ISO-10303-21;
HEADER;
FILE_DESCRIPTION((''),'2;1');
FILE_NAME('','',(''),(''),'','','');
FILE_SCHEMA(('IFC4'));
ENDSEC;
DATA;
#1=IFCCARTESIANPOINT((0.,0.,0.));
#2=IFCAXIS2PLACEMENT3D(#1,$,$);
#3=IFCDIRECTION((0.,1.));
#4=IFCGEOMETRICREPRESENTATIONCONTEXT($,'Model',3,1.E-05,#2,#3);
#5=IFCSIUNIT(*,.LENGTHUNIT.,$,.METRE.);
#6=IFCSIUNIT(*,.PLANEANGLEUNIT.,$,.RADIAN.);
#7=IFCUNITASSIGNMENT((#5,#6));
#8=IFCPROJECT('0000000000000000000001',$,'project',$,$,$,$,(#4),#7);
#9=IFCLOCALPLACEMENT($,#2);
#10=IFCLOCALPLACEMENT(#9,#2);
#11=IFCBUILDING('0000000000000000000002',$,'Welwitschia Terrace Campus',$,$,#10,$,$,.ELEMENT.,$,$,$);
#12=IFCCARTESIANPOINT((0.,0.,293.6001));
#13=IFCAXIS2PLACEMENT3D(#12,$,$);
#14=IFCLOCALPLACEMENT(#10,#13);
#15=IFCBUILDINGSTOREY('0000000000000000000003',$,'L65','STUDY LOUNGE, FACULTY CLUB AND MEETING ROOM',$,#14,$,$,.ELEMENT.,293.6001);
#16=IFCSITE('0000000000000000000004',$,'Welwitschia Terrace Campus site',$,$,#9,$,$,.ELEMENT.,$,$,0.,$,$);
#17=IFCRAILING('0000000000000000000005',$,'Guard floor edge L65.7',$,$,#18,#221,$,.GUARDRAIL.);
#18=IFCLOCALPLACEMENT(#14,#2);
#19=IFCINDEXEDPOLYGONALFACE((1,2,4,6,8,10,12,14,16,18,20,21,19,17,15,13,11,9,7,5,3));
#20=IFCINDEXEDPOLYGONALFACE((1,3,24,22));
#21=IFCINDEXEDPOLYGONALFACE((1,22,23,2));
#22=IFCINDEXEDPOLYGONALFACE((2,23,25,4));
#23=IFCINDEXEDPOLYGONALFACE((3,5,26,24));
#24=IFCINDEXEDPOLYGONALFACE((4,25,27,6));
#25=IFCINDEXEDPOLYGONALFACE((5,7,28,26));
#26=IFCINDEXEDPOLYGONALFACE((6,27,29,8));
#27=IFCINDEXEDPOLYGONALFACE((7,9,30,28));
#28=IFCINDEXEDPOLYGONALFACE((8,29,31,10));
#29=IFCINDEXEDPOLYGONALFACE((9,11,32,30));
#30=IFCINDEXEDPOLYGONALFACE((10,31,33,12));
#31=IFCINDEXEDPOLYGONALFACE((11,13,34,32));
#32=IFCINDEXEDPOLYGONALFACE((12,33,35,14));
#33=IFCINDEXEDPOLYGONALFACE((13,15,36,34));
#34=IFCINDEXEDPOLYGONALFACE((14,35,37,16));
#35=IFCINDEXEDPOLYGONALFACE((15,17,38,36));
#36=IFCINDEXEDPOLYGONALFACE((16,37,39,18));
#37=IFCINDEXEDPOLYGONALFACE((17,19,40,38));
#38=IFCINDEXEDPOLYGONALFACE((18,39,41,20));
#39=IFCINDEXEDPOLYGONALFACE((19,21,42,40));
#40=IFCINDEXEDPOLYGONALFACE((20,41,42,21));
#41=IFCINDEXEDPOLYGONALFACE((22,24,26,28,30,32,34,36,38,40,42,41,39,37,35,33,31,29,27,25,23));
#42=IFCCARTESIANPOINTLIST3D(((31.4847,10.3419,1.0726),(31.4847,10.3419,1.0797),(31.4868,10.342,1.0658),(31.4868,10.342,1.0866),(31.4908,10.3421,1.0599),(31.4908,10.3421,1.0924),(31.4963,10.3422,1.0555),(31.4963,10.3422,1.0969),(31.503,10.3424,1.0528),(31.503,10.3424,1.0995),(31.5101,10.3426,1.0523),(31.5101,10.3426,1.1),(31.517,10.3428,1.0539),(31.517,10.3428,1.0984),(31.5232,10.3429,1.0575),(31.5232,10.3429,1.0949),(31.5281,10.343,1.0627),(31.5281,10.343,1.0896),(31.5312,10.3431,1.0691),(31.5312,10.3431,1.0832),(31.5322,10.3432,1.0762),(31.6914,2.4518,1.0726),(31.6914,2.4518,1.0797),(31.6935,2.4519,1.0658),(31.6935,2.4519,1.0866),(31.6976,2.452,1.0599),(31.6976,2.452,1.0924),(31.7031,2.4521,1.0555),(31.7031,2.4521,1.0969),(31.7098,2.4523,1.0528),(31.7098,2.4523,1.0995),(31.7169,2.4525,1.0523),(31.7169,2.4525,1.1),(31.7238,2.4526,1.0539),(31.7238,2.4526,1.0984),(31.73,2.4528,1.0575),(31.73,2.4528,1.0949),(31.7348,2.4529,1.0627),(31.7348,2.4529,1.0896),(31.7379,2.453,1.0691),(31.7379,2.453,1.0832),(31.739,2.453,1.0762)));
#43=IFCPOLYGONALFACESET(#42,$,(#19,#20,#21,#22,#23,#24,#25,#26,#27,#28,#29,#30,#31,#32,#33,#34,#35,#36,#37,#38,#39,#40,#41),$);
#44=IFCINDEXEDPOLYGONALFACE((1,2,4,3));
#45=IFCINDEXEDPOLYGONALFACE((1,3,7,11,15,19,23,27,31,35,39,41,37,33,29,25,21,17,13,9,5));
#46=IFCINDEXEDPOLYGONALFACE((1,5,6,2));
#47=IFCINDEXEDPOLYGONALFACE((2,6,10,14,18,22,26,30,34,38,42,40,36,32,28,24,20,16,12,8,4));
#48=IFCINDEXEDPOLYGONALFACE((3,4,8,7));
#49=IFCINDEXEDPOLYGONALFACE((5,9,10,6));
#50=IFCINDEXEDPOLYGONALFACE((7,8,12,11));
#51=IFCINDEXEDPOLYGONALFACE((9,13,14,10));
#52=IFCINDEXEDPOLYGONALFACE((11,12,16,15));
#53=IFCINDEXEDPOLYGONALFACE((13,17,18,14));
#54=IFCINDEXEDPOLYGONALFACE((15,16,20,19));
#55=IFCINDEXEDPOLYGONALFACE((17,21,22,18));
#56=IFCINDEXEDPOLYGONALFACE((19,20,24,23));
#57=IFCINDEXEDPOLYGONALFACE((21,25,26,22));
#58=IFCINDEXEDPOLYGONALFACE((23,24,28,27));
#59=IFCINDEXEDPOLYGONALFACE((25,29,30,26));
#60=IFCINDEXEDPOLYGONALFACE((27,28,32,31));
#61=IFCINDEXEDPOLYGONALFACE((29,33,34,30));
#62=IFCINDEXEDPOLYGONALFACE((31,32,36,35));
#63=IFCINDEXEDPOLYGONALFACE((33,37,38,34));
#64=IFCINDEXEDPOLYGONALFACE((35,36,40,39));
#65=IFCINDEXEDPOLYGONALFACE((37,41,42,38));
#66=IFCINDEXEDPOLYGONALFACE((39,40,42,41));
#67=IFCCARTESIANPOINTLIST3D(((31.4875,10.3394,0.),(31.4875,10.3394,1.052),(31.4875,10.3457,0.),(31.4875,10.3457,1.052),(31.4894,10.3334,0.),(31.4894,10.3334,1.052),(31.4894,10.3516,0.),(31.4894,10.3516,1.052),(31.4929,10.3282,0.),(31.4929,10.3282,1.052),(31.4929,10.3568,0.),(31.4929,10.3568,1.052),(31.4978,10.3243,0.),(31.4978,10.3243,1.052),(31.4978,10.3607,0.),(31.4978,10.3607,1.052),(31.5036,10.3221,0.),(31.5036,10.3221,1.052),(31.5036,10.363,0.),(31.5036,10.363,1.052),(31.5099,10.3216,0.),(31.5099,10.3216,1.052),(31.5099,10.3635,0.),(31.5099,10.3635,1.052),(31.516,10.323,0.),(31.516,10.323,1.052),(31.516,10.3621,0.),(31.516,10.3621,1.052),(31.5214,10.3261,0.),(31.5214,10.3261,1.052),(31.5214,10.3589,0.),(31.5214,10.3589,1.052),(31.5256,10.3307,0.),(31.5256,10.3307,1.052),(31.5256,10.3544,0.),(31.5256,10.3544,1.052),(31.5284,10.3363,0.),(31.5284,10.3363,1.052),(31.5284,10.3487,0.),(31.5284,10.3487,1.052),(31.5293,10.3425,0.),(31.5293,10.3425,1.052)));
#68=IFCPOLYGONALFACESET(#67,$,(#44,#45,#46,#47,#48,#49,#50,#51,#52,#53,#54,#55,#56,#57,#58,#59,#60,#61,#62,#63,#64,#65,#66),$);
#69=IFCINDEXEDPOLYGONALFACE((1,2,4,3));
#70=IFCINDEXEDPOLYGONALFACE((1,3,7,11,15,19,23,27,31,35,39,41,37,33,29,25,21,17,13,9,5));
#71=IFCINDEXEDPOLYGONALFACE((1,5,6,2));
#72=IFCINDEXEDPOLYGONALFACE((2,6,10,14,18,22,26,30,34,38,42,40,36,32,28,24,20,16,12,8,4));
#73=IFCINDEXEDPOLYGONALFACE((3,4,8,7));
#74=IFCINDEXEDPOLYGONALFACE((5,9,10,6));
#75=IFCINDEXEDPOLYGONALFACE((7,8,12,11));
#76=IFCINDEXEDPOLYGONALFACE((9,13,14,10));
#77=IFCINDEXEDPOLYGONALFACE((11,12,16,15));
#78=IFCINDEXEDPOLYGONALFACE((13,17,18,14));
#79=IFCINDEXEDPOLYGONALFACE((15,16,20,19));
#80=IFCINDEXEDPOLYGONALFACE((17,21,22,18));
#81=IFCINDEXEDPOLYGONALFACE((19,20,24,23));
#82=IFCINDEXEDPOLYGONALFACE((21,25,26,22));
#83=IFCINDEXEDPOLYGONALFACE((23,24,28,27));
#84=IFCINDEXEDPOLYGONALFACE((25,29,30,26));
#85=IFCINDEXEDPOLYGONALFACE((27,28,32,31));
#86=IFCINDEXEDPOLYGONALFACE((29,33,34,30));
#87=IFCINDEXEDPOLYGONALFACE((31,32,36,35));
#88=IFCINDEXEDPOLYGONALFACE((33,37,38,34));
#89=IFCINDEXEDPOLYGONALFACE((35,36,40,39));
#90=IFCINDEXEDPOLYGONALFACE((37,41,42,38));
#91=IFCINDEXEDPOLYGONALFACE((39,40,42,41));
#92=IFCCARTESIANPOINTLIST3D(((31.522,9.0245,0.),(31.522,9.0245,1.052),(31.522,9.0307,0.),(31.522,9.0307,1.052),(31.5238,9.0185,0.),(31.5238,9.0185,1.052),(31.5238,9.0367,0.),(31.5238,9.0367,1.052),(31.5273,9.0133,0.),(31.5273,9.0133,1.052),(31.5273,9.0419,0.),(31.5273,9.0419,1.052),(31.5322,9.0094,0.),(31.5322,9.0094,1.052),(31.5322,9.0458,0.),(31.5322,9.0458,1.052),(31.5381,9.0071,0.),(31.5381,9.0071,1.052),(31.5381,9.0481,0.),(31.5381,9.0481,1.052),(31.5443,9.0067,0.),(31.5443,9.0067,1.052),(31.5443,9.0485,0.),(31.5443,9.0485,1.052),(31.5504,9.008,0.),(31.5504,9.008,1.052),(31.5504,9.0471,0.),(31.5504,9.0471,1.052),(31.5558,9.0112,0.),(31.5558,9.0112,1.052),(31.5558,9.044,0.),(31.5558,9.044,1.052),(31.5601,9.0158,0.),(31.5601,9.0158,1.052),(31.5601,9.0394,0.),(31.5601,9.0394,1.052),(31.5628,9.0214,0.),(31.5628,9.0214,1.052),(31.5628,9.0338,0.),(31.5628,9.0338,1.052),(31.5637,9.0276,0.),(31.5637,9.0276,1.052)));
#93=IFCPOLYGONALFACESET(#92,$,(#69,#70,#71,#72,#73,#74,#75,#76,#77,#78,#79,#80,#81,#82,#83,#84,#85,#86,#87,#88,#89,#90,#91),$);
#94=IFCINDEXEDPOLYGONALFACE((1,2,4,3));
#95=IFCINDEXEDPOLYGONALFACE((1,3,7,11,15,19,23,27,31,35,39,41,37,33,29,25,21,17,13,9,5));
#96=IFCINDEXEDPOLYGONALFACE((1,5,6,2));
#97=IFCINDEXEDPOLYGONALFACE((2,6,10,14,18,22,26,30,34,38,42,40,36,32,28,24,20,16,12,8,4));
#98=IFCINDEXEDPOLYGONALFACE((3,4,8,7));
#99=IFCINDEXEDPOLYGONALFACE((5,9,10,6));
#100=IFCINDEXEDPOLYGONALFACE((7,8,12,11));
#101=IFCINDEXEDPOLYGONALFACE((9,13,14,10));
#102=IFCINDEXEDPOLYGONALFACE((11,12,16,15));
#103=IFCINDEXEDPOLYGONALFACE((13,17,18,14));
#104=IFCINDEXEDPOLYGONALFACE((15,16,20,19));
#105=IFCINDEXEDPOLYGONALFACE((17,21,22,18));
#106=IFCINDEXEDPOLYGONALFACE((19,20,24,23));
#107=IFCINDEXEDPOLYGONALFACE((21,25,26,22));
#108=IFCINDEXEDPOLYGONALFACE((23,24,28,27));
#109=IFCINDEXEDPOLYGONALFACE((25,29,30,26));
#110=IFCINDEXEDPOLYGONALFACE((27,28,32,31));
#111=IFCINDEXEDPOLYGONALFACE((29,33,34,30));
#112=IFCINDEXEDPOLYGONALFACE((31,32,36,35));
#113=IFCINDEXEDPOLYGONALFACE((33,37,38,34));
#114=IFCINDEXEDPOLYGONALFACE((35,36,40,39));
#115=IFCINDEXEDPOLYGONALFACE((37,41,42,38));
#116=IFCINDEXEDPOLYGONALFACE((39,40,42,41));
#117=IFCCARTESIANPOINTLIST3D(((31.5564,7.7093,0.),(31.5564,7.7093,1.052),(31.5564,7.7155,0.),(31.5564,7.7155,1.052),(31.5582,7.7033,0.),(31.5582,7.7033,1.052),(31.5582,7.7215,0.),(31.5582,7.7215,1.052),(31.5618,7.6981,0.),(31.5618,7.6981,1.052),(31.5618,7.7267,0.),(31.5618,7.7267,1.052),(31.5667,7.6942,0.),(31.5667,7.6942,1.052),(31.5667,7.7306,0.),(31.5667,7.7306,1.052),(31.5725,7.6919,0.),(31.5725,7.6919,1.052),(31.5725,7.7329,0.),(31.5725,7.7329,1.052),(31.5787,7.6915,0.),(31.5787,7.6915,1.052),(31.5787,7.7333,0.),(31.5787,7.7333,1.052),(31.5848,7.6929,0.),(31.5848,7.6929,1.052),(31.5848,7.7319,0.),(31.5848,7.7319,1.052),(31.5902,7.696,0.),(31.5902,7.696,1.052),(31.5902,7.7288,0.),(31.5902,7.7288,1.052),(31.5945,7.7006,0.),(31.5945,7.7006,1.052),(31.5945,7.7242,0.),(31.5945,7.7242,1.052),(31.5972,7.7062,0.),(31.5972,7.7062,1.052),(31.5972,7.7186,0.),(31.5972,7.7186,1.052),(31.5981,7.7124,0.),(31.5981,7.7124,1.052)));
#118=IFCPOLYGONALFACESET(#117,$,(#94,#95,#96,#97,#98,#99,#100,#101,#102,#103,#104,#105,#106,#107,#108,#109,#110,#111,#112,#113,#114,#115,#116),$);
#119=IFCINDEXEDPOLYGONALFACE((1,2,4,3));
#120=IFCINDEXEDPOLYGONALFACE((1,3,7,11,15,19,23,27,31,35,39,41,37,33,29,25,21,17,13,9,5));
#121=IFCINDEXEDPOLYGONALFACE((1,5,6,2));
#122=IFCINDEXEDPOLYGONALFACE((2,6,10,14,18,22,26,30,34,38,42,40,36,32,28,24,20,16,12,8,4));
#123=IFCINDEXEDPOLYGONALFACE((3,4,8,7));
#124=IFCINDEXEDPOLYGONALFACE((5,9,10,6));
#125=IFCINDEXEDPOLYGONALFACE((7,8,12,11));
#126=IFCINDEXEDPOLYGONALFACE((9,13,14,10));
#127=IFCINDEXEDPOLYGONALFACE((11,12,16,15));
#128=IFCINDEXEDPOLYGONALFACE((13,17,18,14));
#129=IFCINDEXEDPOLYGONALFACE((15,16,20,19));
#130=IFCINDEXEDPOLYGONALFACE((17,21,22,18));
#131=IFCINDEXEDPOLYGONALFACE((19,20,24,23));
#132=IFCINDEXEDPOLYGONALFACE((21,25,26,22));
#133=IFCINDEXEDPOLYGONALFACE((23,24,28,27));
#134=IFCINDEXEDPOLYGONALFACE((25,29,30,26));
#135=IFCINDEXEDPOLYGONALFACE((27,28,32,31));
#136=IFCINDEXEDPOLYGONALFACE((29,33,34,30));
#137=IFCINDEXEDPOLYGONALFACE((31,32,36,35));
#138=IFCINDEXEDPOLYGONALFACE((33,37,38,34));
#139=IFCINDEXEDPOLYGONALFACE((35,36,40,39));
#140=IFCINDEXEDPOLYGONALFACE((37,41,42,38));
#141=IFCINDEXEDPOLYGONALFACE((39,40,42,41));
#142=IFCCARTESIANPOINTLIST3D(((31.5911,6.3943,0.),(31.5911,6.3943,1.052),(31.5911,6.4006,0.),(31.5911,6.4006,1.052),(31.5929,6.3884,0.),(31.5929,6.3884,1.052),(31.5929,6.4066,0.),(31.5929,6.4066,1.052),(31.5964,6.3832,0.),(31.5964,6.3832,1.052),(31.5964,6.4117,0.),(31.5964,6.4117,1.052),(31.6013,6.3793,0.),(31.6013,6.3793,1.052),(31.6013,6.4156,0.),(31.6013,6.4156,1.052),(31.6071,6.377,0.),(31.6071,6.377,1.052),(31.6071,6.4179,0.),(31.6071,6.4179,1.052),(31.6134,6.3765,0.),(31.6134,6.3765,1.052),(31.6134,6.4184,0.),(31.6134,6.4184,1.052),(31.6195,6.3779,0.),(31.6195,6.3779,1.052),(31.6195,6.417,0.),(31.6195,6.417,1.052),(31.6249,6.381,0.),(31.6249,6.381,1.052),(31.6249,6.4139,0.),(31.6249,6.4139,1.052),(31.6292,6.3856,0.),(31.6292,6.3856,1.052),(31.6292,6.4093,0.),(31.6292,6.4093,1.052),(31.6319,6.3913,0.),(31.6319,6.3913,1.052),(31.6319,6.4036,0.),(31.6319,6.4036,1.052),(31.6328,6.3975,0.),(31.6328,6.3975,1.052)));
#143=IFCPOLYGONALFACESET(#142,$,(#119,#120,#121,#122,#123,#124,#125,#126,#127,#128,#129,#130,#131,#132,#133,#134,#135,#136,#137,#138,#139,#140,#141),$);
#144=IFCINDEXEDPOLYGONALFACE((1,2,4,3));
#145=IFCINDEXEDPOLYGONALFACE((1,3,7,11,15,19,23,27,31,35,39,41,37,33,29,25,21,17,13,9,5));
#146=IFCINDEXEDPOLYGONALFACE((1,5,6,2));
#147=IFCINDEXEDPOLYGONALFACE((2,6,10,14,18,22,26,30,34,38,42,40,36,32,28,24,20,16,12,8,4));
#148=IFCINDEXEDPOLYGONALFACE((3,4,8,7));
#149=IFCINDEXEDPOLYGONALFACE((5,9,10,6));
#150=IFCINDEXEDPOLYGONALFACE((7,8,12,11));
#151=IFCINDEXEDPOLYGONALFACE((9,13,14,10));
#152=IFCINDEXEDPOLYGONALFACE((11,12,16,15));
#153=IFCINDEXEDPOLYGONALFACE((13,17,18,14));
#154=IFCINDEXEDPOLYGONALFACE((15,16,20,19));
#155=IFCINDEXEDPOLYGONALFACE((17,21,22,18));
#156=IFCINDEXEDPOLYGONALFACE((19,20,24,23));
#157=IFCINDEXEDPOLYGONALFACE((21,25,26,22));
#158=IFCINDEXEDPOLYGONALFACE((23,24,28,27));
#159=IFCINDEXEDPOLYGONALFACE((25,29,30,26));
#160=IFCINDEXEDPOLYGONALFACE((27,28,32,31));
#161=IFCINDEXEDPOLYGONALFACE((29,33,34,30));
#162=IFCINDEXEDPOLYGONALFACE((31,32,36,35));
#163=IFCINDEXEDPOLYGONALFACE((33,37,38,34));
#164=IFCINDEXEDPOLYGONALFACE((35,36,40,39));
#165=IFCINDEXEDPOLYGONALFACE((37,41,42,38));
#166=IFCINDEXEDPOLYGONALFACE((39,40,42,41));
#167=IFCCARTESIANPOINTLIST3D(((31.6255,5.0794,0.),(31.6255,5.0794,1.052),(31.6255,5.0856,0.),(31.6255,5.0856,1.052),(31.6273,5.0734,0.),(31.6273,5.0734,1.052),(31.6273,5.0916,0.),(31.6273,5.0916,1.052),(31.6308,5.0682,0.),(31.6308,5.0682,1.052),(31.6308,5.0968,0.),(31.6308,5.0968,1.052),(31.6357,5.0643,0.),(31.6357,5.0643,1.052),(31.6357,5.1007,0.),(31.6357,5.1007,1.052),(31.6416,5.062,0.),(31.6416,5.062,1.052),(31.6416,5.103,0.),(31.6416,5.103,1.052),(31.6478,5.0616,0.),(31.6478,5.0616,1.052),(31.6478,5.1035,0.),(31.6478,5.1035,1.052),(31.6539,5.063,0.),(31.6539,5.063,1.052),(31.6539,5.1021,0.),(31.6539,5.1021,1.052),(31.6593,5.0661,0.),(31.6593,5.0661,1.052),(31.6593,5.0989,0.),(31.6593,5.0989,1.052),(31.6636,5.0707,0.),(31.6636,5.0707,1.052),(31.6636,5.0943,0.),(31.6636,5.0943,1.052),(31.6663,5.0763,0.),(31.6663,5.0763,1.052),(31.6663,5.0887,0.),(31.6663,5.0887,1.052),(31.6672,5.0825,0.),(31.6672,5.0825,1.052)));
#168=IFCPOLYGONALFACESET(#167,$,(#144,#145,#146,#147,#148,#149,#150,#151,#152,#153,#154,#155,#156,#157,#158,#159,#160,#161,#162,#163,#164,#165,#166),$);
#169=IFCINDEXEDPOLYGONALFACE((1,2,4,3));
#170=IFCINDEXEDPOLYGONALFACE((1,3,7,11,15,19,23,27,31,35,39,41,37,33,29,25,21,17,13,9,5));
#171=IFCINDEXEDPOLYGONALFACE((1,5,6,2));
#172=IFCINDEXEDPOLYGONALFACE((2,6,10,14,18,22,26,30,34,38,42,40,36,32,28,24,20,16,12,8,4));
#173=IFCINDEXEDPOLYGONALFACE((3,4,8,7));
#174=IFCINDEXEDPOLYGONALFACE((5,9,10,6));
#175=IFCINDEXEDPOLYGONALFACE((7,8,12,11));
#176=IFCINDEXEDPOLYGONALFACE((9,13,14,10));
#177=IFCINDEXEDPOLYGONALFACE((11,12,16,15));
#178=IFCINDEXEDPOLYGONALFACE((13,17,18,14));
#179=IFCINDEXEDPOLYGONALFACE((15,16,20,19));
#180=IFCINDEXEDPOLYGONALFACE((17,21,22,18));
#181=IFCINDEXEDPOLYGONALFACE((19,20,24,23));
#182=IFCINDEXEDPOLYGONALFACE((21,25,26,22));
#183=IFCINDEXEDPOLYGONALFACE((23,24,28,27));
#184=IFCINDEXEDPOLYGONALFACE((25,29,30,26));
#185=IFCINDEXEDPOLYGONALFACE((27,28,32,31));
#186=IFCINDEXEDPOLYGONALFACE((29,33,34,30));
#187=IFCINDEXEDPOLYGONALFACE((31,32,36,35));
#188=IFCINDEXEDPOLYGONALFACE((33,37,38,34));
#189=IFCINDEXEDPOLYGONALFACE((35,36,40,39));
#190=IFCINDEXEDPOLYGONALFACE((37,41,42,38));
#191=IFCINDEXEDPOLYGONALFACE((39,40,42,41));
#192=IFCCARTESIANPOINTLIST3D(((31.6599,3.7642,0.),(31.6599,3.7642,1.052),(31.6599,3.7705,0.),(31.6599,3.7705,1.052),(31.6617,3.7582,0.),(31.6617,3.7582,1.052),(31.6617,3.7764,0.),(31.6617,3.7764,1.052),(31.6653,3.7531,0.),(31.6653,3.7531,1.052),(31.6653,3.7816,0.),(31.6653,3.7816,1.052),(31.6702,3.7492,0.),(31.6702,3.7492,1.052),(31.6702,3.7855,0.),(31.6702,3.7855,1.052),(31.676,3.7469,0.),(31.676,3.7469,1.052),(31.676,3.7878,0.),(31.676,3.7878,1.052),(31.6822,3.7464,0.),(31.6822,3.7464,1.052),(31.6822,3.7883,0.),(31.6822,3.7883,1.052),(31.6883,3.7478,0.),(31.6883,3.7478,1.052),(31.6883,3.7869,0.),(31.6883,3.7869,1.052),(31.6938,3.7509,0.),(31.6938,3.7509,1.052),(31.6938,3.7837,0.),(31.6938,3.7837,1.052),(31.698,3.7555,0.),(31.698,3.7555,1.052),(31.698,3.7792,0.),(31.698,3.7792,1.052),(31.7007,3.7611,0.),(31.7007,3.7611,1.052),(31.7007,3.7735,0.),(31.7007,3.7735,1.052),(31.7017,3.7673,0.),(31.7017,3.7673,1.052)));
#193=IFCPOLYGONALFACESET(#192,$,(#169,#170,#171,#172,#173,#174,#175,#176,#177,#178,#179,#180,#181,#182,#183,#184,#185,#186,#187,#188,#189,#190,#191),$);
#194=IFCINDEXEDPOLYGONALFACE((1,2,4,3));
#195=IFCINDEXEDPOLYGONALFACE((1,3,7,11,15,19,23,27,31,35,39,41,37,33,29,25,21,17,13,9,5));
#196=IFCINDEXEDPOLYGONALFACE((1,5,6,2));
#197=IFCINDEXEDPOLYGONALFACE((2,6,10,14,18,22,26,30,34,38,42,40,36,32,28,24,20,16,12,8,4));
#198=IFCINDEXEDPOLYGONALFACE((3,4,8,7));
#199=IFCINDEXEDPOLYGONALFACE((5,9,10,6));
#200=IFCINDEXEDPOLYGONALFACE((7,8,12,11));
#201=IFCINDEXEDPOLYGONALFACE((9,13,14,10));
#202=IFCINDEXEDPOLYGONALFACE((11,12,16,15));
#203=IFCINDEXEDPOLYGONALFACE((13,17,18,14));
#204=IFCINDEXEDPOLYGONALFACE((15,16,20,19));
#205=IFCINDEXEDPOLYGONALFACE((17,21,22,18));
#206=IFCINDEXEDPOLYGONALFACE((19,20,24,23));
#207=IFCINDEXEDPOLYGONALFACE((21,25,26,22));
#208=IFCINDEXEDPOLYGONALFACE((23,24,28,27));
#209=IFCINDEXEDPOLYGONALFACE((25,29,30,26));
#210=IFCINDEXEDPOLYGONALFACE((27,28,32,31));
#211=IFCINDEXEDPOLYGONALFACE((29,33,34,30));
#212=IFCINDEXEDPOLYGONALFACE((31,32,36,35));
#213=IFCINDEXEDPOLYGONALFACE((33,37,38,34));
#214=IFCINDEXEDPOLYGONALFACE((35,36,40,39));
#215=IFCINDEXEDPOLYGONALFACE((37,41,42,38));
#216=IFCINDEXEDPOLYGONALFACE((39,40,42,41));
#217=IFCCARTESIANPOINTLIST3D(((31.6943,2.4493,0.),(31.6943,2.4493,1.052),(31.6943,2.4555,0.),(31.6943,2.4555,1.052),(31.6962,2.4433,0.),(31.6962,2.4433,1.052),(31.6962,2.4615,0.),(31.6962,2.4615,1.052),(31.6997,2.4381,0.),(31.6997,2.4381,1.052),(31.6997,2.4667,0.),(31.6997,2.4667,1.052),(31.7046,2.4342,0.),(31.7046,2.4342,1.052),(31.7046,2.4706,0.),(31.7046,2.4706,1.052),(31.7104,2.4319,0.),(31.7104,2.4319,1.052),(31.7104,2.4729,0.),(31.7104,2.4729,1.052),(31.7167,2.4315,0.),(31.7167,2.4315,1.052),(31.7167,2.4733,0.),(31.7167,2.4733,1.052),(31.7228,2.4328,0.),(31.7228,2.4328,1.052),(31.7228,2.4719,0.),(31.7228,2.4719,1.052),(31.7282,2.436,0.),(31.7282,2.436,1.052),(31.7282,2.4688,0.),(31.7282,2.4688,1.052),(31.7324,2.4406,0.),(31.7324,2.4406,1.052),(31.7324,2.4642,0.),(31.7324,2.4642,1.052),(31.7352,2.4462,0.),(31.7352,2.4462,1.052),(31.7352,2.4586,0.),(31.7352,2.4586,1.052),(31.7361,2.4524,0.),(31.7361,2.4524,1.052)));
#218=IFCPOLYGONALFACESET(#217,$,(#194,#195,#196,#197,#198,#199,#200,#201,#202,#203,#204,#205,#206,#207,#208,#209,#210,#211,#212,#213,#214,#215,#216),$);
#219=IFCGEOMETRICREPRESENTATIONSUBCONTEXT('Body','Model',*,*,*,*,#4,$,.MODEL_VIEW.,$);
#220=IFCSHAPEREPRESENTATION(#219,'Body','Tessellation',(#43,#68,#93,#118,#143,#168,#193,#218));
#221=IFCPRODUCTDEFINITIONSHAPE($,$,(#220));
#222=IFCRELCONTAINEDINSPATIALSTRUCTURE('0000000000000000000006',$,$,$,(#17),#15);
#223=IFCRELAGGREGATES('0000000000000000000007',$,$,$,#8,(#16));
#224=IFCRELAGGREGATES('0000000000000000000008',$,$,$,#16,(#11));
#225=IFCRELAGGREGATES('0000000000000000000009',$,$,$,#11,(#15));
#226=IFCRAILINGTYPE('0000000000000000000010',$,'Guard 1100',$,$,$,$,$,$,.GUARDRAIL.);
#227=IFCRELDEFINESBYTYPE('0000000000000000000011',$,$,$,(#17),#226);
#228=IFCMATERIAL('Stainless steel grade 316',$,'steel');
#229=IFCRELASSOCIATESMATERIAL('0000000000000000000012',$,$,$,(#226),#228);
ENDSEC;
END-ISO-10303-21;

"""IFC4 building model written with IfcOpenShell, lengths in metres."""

from ifc_helpers import new_model, si_unit, direction, frame, origin, origin_2d, place, context, subcontext, project, spatial, circle, extrude, material, type_object, element, save


model = new_model("IFC4")

# Units and contexts
model_context = context("Model", 3, precision=1e-05, world=origin(), true_north=direction((0.0, 1.0)))
body_context = subcontext(model_context, "Body", "Model", "MODEL_VIEW")
ifc_project = project(units=[si_unit("LENGTHUNIT", "METRE"), si_unit("PLANEANGLEUNIT", "RADIAN")], contexts=[model_context])

# Site, building, storey
site_placement = place(None, origin())
site = spatial("IfcSite", under=ifc_project, at=site_placement, Name="Welwitschia Terrace Campus site", CompositionType="ELEMENT", RefElevation=0.0)
building_placement = place(site_placement, origin())
building = spatial("IfcBuilding", under=site, at=building_placement, Name="Welwitschia Terrace Campus", CompositionType="ELEMENT")
storey_placement = place(building_placement, frame((0.0, 0.0, 293.6001)))
storey = spatial("IfcBuildingStorey", under=building, at=storey_placement, Name="L65", Description="STUDY LOUNGE, FACULTY CLUB AND MEETING ROOM", CompositionType="ELEMENT", Elevation=293.6001)

# Railing
ifc_material_1 = material(Name="Stainless steel grade 316", Category="steel")
railing_type = type_object("IfcRailingType", Name="Guard 1100", PredefinedType="GUARDRAIL", material=ifc_material_1)
railing_1_placement = place(storey_placement, frame((31.5083, 10.3425, 0.0)))
element("IfcRailing", 1, at=railing_1_placement, inside=storey, type_object=railing_type, Name="Guard floor edge L65.7", PredefinedType="GUARDRAIL", context=body_context, shape_type="SweptSolid", body=[
    extrude(circle(Radius=0.0239, at=origin_2d()), frame((0.0, 0.0, 1.0762), z_axis=(0.026199, -0.999657, 0.0), x_axis=(0.999657, 0.026199, 0.0)), (0.0, 0.0, 1.0), 7.8928),
    extrude(circle(Radius=0.021, at=origin_2d()), origin(), (0.0, 0.0, 1.0), 1.052),
    extrude(circle(Radius=0.021, at=origin_2d()), frame((0.0344, -1.3149, 0.0)), (0.0, 0.0, 1.0), 1.052),
    extrude(circle(Radius=0.021, at=origin_2d()), frame((0.0688, -2.6301, 0.0)), (0.0, 0.0, 1.0), 1.052),
    extrude(circle(Radius=0.021, at=origin_2d()), frame((0.1035, -3.9451, 0.0)), (0.0, 0.0, 1.0), 1.052),
    extrude(circle(Radius=0.021, at=origin_2d()), frame((0.1379, -5.26, 0.0)), (0.0, 0.0, 1.0), 1.052),
    extrude(circle(Radius=0.021, at=origin_2d()), frame((0.1724, -6.5752, 0.0)), (0.0, 0.0, 1.0), 1.052),
    extrude(circle(Radius=0.021, at=origin_2d()), frame((0.2068, -7.8901, 0.0)), (0.0, 0.0, 1.0), 1.052),
])

save(model, "model.ifc")
